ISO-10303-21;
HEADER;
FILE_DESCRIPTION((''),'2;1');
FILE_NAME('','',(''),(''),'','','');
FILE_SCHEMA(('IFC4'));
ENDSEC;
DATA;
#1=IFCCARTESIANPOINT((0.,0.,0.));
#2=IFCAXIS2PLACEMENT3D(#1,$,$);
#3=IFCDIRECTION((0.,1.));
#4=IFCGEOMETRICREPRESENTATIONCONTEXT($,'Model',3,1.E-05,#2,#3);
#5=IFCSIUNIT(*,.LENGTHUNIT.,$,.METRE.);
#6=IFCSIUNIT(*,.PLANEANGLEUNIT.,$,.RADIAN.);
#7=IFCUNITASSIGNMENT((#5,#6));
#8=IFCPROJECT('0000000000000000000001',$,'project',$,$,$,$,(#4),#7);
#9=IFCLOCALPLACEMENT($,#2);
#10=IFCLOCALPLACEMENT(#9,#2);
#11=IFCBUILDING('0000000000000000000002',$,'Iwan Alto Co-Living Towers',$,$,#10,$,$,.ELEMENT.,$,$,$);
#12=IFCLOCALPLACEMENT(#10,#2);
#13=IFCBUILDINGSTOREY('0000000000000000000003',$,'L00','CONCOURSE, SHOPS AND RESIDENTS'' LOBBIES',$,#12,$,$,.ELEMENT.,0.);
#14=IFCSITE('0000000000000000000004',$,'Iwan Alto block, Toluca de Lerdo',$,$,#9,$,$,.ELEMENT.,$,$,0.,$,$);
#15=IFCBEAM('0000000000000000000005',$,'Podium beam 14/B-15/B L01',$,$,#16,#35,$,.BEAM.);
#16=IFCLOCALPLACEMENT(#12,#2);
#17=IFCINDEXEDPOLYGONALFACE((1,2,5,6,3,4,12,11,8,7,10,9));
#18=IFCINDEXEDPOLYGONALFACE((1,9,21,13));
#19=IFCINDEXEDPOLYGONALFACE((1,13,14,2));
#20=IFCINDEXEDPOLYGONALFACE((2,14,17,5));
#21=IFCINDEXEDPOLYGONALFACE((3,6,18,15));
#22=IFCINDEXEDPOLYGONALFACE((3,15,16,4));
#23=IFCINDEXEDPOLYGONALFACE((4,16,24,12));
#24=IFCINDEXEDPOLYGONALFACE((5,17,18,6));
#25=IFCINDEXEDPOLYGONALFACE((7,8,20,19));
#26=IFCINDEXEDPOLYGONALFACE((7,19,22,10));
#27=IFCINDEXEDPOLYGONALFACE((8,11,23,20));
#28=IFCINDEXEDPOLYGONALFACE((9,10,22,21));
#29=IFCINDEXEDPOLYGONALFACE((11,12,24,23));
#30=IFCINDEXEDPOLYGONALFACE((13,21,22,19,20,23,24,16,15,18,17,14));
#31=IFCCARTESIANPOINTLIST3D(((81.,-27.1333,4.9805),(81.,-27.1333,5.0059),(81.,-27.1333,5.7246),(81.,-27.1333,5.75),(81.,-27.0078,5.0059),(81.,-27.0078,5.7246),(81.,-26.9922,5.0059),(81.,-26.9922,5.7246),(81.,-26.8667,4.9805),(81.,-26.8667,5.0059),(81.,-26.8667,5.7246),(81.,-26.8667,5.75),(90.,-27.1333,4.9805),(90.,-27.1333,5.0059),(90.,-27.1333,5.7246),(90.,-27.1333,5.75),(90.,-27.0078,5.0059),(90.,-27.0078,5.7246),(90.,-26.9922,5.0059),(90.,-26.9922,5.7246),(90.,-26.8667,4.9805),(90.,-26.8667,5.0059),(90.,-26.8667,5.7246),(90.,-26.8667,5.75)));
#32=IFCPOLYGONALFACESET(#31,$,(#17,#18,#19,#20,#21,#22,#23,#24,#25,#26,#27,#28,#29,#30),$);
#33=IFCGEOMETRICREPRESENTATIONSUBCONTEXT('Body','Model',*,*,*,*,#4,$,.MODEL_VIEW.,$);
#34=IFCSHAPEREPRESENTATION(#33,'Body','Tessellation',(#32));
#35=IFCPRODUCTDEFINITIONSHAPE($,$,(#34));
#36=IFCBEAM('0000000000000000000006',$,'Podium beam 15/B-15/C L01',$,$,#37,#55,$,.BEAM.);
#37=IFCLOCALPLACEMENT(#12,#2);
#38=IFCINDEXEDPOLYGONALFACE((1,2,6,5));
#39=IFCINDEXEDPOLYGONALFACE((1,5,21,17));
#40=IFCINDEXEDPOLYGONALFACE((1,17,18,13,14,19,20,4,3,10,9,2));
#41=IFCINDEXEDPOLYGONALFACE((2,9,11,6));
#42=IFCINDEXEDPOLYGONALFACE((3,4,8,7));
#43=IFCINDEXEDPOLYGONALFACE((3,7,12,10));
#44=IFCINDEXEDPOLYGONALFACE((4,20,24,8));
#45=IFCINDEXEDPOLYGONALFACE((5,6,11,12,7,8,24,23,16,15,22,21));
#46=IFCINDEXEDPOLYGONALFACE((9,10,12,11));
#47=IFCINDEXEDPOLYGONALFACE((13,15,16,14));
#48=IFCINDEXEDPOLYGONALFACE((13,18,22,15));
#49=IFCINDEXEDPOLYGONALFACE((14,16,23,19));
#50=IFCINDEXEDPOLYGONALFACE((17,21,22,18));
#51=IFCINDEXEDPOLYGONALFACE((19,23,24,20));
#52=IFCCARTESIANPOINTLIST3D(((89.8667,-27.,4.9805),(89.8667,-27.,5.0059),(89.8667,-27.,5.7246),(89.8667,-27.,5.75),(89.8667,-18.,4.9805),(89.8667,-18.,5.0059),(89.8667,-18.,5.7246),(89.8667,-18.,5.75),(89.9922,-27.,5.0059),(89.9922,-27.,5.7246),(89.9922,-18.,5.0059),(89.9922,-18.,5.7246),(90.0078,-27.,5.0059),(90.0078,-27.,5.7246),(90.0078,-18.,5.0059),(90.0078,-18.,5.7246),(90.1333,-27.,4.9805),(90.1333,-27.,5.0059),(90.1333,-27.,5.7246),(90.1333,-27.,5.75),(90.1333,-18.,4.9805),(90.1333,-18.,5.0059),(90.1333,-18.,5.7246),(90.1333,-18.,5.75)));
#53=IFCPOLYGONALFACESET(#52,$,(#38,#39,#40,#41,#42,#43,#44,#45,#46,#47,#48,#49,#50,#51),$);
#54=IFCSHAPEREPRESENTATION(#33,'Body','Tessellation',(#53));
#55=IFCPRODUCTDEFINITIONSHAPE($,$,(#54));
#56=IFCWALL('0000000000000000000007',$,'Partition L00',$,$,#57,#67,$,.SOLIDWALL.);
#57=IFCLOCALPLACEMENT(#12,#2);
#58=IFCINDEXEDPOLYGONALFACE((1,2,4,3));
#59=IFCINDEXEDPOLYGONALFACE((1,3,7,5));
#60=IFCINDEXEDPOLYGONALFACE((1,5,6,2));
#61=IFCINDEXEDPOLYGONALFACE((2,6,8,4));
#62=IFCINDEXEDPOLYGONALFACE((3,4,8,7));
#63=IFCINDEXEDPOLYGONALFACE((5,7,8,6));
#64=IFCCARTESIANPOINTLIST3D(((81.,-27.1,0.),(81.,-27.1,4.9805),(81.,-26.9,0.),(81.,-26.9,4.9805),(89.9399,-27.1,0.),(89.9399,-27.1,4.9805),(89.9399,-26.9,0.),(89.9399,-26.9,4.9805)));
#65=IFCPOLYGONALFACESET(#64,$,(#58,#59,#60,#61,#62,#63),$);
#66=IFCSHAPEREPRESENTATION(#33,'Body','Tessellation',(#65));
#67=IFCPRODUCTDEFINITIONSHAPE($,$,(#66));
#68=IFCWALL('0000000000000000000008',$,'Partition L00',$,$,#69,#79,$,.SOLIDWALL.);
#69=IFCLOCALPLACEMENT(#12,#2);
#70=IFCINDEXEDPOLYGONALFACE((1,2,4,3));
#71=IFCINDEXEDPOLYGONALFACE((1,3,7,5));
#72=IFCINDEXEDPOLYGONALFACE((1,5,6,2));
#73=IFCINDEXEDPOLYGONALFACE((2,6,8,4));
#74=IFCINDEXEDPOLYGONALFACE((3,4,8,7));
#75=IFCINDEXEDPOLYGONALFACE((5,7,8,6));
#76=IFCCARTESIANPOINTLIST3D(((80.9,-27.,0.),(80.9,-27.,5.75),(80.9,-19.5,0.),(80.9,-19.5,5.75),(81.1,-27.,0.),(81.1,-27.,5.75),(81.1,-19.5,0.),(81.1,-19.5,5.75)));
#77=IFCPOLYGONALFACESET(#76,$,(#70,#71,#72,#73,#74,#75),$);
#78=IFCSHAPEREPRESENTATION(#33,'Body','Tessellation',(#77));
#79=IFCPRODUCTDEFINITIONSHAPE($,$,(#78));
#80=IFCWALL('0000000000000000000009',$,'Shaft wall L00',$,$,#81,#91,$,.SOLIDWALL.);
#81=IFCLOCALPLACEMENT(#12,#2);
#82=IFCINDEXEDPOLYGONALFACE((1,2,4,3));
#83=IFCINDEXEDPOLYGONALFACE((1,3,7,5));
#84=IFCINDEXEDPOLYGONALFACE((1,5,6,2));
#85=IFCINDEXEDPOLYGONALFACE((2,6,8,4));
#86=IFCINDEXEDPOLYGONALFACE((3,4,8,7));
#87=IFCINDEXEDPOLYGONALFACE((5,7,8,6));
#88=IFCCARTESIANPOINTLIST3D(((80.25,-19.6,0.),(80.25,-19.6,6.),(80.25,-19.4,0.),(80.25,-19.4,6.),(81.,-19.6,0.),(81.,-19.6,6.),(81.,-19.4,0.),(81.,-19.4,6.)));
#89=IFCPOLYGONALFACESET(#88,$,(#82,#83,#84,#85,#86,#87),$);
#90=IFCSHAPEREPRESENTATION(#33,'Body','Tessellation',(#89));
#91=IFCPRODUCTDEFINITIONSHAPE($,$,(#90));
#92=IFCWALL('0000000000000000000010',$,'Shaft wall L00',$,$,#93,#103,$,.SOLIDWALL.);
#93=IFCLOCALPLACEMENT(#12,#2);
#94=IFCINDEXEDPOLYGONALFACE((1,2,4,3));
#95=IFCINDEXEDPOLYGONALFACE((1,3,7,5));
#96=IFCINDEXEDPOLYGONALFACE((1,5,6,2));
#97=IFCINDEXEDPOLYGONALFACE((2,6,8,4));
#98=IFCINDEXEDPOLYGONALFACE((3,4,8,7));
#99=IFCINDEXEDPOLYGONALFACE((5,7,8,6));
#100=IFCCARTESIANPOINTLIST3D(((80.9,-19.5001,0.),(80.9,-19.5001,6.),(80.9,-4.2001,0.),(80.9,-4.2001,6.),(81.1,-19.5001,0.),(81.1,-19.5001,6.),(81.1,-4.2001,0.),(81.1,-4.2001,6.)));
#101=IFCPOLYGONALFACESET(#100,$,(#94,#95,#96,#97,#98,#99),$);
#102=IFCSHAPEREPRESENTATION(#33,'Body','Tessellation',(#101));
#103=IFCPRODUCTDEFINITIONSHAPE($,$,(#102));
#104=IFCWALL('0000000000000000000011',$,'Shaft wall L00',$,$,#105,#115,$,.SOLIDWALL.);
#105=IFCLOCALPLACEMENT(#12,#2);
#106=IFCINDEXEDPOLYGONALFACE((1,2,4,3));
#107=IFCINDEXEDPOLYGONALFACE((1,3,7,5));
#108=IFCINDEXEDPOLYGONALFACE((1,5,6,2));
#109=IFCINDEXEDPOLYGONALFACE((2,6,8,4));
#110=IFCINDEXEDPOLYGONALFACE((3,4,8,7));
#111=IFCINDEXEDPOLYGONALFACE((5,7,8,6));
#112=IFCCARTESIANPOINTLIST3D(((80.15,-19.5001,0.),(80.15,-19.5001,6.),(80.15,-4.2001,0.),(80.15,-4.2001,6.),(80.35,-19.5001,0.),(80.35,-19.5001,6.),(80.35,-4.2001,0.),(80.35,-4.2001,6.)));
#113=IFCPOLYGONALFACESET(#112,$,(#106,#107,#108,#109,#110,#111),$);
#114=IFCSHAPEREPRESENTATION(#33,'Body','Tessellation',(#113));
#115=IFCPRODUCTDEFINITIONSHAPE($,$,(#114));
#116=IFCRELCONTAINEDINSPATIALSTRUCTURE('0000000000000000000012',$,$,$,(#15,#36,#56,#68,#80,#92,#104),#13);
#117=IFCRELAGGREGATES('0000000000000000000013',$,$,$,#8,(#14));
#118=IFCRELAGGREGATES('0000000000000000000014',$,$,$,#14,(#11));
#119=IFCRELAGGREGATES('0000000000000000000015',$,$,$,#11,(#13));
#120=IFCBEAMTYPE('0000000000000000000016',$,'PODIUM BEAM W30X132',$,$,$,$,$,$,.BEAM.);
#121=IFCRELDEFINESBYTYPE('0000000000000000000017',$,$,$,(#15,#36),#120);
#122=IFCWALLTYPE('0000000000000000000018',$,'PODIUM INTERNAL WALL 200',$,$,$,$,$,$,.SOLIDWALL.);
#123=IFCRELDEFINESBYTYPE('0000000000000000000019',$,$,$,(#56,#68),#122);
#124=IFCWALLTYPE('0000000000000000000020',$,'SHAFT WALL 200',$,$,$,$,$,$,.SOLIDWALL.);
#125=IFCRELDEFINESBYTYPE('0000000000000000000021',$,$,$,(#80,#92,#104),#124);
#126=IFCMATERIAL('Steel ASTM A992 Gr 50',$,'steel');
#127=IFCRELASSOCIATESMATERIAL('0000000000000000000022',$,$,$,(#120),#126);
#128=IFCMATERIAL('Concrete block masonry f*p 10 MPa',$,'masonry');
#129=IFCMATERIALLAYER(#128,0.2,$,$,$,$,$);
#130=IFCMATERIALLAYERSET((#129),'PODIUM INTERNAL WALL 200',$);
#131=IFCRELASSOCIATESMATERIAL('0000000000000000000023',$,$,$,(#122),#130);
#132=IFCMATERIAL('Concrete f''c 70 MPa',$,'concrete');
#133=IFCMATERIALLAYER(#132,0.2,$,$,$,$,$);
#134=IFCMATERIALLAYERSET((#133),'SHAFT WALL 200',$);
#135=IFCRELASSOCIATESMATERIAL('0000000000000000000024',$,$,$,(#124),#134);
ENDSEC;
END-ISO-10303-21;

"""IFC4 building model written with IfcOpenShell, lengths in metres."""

from ifc_helpers import new_model, si_unit, direction, frame, frame_2d, origin, origin_2d, place, context, subcontext, project, spatial, rectangle, i_section, extrude, material, layer, layer_set, material_profile, profile_set, type_object, element, save


model = new_model("IFC4")

# Units and contexts
model_context = context("Model", 3, precision=1e-05, world=origin(), true_north=direction((0.0, 1.0)))
body_context = subcontext(model_context, "Body", "Model", "MODEL_VIEW")
ifc_project = project(units=[si_unit("LENGTHUNIT", "METRE"), si_unit("PLANEANGLEUNIT", "RADIAN")], contexts=[model_context])

# Site, building, storey
site_placement = place(None, origin())
site = spatial("IfcSite", under=ifc_project, at=site_placement, Name="Iwan Alto block, Toluca de Lerdo", CompositionType="ELEMENT", RefElevation=0.0)
building_placement = place(site_placement, origin())
building = spatial("IfcBuilding", under=site, at=building_placement, Name="Iwan Alto Co-Living Towers", CompositionType="ELEMENT")
storey_placement = place(building_placement, origin())
storey = spatial("IfcBuildingStorey", under=building, at=storey_placement, Name="L00", Description="CONCOURSE, SHOPS AND RESIDENTS' LOBBIES", CompositionType="ELEMENT", Elevation=0.0)

# Beams
ifc_material_1 = material(Name="Steel ASTM A992 Gr 50", Category="steel")
ifc_material_profile_1 = material_profile(ifc_material_1, i_section(OverallWidth=0.2666, OverallDepth=0.7695, WebThickness=0.0156, FlangeThickness=0.0254, at=origin_2d()), Name="W30X132")
ifc_profile_set_1 = profile_set([ifc_material_profile_1], Name="Steel ASTM A992 Gr 50")
beam_type = type_object("IfcBeamType", Name="PODIUM BEAM W30X132", PredefinedType="BEAM", material=ifc_profile_set_1)
for number, where, z_axis, x_axis, name in (
    (1, (81.0, -27.0, 5.3652), (1.0, 0.0, 0.0), (0.0, 1.0, 0.0), "Podium beam 14/B-15/B L01"),
    (2, (90.0, -27.0, 5.3652), (0.0, 1.0, 0.0), (-1.0, 0.0, 0.0), "Podium beam 15/B-15/C L01"),
):
    element("IfcBeam", number, at=place(storey_placement, frame(where, z_axis=z_axis, x_axis=x_axis)), inside=storey, type_object=beam_type, Name=name, PredefinedType="BEAM", context=body_context, shape_type="SweptSolid", body=[
        extrude(i_section(OverallWidth=0.2666, OverallDepth=0.7695, WebThickness=0.0156, FlangeThickness=0.0254, at=origin_2d()), origin(), (0.0, 0.0, 1.0), 9.0),
    ])

# Walls
ifc_material_2 = material(Name="Concrete block masonry f*p 10 MPa", Category="masonry")
ifc_layer_1 = layer(ifc_material_2, 0.2)
ifc_layer_set_1 = layer_set([ifc_layer_1], Name="PODIUM INTERNAL WALL 200")
wall_type_1 = type_object("IfcWallType", Name="PODIUM INTERNAL WALL 200", PredefinedType="SOLIDWALL", material=ifc_layer_set_1)
wall_1_placement = place(storey_placement, frame((81.0, -27.0, 0.0), z_axis=(0.0, 0.0, 1.0), x_axis=(1.0, 0.0, 0.0)))
element("IfcWall", 3, at=wall_1_placement, inside=storey, type_object=wall_type_1, Name="Partition L00", PredefinedType="SOLIDWALL", context=body_context, shape_type="SweptSolid", body=[
    extrude(rectangle(XDim=8.9399, YDim=0.2, at=frame_2d((4.47, 0.0))), origin(), (0.0, 0.0, 1.0), 4.9805),
])
wall_2_placement = place(storey_placement, frame((81.0, -27.0, 0.0), z_axis=(0.0, 0.0, 1.0), x_axis=(0.0, 1.0, 0.0)))
element("IfcWall", 4, at=wall_2_placement, inside=storey, type_object=wall_type_1, Name="Partition L00", PredefinedType="SOLIDWALL", context=body_context, shape_type="SweptSolid", body=[
    extrude(rectangle(XDim=7.5, YDim=0.2, at=frame_2d((3.75, 0.0))), origin(), (0.0, 0.0, 1.0), 5.75),
])
ifc_material_3 = material(Name="Concrete f'c 70 MPa", Category="concrete")
ifc_layer_2 = layer(ifc_material_3, 0.2)
ifc_layer_set_2 = layer_set([ifc_layer_2], Name="SHAFT WALL 200")
wall_type_2 = type_object("IfcWallType", Name="SHAFT WALL 200", PredefinedType="SOLIDWALL", material=ifc_layer_set_2)
wall_3_placement = place(storey_placement, frame((80.25, -19.5, 0.0), z_axis=(0.0, 0.0, 1.0), x_axis=(1.0, 0.0, 0.0)))
element("IfcWall", 5, at=wall_3_placement, inside=storey, type_object=wall_type_2, Name="Shaft wall L00", PredefinedType="SOLIDWALL", context=body_context, shape_type="SweptSolid", body=[
    extrude(rectangle(XDim=0.75, YDim=0.2, at=frame_2d((0.375, 0.0))), origin(), (0.0, 0.0, 1.0), 6.0),
])
for number, where, z_axis, x_axis, name in (
    (6, (81.0, -19.5, 0.0), (0.0, 0.0, 1.0), (0.0, 1.0, 0.0), "Shaft wall L00"),
    (7, (80.25, -19.5, 0.0), (0.0, 0.0, 1.0), (0.0, 1.0, 0.0), "Shaft wall L00"),
):
    element("IfcWall", number, at=place(storey_placement, frame(where, z_axis=z_axis, x_axis=x_axis)), inside=storey, type_object=wall_type_2, Name=name, PredefinedType="SOLIDWALL", context=body_context, shape_type="SweptSolid", body=[
        extrude(rectangle(XDim=15.3, YDim=0.2, at=frame_2d((7.6499, 0.0))), origin(), (0.0, 0.0, 1.0), 6.0),
    ])

save(model, "model.ifc")
